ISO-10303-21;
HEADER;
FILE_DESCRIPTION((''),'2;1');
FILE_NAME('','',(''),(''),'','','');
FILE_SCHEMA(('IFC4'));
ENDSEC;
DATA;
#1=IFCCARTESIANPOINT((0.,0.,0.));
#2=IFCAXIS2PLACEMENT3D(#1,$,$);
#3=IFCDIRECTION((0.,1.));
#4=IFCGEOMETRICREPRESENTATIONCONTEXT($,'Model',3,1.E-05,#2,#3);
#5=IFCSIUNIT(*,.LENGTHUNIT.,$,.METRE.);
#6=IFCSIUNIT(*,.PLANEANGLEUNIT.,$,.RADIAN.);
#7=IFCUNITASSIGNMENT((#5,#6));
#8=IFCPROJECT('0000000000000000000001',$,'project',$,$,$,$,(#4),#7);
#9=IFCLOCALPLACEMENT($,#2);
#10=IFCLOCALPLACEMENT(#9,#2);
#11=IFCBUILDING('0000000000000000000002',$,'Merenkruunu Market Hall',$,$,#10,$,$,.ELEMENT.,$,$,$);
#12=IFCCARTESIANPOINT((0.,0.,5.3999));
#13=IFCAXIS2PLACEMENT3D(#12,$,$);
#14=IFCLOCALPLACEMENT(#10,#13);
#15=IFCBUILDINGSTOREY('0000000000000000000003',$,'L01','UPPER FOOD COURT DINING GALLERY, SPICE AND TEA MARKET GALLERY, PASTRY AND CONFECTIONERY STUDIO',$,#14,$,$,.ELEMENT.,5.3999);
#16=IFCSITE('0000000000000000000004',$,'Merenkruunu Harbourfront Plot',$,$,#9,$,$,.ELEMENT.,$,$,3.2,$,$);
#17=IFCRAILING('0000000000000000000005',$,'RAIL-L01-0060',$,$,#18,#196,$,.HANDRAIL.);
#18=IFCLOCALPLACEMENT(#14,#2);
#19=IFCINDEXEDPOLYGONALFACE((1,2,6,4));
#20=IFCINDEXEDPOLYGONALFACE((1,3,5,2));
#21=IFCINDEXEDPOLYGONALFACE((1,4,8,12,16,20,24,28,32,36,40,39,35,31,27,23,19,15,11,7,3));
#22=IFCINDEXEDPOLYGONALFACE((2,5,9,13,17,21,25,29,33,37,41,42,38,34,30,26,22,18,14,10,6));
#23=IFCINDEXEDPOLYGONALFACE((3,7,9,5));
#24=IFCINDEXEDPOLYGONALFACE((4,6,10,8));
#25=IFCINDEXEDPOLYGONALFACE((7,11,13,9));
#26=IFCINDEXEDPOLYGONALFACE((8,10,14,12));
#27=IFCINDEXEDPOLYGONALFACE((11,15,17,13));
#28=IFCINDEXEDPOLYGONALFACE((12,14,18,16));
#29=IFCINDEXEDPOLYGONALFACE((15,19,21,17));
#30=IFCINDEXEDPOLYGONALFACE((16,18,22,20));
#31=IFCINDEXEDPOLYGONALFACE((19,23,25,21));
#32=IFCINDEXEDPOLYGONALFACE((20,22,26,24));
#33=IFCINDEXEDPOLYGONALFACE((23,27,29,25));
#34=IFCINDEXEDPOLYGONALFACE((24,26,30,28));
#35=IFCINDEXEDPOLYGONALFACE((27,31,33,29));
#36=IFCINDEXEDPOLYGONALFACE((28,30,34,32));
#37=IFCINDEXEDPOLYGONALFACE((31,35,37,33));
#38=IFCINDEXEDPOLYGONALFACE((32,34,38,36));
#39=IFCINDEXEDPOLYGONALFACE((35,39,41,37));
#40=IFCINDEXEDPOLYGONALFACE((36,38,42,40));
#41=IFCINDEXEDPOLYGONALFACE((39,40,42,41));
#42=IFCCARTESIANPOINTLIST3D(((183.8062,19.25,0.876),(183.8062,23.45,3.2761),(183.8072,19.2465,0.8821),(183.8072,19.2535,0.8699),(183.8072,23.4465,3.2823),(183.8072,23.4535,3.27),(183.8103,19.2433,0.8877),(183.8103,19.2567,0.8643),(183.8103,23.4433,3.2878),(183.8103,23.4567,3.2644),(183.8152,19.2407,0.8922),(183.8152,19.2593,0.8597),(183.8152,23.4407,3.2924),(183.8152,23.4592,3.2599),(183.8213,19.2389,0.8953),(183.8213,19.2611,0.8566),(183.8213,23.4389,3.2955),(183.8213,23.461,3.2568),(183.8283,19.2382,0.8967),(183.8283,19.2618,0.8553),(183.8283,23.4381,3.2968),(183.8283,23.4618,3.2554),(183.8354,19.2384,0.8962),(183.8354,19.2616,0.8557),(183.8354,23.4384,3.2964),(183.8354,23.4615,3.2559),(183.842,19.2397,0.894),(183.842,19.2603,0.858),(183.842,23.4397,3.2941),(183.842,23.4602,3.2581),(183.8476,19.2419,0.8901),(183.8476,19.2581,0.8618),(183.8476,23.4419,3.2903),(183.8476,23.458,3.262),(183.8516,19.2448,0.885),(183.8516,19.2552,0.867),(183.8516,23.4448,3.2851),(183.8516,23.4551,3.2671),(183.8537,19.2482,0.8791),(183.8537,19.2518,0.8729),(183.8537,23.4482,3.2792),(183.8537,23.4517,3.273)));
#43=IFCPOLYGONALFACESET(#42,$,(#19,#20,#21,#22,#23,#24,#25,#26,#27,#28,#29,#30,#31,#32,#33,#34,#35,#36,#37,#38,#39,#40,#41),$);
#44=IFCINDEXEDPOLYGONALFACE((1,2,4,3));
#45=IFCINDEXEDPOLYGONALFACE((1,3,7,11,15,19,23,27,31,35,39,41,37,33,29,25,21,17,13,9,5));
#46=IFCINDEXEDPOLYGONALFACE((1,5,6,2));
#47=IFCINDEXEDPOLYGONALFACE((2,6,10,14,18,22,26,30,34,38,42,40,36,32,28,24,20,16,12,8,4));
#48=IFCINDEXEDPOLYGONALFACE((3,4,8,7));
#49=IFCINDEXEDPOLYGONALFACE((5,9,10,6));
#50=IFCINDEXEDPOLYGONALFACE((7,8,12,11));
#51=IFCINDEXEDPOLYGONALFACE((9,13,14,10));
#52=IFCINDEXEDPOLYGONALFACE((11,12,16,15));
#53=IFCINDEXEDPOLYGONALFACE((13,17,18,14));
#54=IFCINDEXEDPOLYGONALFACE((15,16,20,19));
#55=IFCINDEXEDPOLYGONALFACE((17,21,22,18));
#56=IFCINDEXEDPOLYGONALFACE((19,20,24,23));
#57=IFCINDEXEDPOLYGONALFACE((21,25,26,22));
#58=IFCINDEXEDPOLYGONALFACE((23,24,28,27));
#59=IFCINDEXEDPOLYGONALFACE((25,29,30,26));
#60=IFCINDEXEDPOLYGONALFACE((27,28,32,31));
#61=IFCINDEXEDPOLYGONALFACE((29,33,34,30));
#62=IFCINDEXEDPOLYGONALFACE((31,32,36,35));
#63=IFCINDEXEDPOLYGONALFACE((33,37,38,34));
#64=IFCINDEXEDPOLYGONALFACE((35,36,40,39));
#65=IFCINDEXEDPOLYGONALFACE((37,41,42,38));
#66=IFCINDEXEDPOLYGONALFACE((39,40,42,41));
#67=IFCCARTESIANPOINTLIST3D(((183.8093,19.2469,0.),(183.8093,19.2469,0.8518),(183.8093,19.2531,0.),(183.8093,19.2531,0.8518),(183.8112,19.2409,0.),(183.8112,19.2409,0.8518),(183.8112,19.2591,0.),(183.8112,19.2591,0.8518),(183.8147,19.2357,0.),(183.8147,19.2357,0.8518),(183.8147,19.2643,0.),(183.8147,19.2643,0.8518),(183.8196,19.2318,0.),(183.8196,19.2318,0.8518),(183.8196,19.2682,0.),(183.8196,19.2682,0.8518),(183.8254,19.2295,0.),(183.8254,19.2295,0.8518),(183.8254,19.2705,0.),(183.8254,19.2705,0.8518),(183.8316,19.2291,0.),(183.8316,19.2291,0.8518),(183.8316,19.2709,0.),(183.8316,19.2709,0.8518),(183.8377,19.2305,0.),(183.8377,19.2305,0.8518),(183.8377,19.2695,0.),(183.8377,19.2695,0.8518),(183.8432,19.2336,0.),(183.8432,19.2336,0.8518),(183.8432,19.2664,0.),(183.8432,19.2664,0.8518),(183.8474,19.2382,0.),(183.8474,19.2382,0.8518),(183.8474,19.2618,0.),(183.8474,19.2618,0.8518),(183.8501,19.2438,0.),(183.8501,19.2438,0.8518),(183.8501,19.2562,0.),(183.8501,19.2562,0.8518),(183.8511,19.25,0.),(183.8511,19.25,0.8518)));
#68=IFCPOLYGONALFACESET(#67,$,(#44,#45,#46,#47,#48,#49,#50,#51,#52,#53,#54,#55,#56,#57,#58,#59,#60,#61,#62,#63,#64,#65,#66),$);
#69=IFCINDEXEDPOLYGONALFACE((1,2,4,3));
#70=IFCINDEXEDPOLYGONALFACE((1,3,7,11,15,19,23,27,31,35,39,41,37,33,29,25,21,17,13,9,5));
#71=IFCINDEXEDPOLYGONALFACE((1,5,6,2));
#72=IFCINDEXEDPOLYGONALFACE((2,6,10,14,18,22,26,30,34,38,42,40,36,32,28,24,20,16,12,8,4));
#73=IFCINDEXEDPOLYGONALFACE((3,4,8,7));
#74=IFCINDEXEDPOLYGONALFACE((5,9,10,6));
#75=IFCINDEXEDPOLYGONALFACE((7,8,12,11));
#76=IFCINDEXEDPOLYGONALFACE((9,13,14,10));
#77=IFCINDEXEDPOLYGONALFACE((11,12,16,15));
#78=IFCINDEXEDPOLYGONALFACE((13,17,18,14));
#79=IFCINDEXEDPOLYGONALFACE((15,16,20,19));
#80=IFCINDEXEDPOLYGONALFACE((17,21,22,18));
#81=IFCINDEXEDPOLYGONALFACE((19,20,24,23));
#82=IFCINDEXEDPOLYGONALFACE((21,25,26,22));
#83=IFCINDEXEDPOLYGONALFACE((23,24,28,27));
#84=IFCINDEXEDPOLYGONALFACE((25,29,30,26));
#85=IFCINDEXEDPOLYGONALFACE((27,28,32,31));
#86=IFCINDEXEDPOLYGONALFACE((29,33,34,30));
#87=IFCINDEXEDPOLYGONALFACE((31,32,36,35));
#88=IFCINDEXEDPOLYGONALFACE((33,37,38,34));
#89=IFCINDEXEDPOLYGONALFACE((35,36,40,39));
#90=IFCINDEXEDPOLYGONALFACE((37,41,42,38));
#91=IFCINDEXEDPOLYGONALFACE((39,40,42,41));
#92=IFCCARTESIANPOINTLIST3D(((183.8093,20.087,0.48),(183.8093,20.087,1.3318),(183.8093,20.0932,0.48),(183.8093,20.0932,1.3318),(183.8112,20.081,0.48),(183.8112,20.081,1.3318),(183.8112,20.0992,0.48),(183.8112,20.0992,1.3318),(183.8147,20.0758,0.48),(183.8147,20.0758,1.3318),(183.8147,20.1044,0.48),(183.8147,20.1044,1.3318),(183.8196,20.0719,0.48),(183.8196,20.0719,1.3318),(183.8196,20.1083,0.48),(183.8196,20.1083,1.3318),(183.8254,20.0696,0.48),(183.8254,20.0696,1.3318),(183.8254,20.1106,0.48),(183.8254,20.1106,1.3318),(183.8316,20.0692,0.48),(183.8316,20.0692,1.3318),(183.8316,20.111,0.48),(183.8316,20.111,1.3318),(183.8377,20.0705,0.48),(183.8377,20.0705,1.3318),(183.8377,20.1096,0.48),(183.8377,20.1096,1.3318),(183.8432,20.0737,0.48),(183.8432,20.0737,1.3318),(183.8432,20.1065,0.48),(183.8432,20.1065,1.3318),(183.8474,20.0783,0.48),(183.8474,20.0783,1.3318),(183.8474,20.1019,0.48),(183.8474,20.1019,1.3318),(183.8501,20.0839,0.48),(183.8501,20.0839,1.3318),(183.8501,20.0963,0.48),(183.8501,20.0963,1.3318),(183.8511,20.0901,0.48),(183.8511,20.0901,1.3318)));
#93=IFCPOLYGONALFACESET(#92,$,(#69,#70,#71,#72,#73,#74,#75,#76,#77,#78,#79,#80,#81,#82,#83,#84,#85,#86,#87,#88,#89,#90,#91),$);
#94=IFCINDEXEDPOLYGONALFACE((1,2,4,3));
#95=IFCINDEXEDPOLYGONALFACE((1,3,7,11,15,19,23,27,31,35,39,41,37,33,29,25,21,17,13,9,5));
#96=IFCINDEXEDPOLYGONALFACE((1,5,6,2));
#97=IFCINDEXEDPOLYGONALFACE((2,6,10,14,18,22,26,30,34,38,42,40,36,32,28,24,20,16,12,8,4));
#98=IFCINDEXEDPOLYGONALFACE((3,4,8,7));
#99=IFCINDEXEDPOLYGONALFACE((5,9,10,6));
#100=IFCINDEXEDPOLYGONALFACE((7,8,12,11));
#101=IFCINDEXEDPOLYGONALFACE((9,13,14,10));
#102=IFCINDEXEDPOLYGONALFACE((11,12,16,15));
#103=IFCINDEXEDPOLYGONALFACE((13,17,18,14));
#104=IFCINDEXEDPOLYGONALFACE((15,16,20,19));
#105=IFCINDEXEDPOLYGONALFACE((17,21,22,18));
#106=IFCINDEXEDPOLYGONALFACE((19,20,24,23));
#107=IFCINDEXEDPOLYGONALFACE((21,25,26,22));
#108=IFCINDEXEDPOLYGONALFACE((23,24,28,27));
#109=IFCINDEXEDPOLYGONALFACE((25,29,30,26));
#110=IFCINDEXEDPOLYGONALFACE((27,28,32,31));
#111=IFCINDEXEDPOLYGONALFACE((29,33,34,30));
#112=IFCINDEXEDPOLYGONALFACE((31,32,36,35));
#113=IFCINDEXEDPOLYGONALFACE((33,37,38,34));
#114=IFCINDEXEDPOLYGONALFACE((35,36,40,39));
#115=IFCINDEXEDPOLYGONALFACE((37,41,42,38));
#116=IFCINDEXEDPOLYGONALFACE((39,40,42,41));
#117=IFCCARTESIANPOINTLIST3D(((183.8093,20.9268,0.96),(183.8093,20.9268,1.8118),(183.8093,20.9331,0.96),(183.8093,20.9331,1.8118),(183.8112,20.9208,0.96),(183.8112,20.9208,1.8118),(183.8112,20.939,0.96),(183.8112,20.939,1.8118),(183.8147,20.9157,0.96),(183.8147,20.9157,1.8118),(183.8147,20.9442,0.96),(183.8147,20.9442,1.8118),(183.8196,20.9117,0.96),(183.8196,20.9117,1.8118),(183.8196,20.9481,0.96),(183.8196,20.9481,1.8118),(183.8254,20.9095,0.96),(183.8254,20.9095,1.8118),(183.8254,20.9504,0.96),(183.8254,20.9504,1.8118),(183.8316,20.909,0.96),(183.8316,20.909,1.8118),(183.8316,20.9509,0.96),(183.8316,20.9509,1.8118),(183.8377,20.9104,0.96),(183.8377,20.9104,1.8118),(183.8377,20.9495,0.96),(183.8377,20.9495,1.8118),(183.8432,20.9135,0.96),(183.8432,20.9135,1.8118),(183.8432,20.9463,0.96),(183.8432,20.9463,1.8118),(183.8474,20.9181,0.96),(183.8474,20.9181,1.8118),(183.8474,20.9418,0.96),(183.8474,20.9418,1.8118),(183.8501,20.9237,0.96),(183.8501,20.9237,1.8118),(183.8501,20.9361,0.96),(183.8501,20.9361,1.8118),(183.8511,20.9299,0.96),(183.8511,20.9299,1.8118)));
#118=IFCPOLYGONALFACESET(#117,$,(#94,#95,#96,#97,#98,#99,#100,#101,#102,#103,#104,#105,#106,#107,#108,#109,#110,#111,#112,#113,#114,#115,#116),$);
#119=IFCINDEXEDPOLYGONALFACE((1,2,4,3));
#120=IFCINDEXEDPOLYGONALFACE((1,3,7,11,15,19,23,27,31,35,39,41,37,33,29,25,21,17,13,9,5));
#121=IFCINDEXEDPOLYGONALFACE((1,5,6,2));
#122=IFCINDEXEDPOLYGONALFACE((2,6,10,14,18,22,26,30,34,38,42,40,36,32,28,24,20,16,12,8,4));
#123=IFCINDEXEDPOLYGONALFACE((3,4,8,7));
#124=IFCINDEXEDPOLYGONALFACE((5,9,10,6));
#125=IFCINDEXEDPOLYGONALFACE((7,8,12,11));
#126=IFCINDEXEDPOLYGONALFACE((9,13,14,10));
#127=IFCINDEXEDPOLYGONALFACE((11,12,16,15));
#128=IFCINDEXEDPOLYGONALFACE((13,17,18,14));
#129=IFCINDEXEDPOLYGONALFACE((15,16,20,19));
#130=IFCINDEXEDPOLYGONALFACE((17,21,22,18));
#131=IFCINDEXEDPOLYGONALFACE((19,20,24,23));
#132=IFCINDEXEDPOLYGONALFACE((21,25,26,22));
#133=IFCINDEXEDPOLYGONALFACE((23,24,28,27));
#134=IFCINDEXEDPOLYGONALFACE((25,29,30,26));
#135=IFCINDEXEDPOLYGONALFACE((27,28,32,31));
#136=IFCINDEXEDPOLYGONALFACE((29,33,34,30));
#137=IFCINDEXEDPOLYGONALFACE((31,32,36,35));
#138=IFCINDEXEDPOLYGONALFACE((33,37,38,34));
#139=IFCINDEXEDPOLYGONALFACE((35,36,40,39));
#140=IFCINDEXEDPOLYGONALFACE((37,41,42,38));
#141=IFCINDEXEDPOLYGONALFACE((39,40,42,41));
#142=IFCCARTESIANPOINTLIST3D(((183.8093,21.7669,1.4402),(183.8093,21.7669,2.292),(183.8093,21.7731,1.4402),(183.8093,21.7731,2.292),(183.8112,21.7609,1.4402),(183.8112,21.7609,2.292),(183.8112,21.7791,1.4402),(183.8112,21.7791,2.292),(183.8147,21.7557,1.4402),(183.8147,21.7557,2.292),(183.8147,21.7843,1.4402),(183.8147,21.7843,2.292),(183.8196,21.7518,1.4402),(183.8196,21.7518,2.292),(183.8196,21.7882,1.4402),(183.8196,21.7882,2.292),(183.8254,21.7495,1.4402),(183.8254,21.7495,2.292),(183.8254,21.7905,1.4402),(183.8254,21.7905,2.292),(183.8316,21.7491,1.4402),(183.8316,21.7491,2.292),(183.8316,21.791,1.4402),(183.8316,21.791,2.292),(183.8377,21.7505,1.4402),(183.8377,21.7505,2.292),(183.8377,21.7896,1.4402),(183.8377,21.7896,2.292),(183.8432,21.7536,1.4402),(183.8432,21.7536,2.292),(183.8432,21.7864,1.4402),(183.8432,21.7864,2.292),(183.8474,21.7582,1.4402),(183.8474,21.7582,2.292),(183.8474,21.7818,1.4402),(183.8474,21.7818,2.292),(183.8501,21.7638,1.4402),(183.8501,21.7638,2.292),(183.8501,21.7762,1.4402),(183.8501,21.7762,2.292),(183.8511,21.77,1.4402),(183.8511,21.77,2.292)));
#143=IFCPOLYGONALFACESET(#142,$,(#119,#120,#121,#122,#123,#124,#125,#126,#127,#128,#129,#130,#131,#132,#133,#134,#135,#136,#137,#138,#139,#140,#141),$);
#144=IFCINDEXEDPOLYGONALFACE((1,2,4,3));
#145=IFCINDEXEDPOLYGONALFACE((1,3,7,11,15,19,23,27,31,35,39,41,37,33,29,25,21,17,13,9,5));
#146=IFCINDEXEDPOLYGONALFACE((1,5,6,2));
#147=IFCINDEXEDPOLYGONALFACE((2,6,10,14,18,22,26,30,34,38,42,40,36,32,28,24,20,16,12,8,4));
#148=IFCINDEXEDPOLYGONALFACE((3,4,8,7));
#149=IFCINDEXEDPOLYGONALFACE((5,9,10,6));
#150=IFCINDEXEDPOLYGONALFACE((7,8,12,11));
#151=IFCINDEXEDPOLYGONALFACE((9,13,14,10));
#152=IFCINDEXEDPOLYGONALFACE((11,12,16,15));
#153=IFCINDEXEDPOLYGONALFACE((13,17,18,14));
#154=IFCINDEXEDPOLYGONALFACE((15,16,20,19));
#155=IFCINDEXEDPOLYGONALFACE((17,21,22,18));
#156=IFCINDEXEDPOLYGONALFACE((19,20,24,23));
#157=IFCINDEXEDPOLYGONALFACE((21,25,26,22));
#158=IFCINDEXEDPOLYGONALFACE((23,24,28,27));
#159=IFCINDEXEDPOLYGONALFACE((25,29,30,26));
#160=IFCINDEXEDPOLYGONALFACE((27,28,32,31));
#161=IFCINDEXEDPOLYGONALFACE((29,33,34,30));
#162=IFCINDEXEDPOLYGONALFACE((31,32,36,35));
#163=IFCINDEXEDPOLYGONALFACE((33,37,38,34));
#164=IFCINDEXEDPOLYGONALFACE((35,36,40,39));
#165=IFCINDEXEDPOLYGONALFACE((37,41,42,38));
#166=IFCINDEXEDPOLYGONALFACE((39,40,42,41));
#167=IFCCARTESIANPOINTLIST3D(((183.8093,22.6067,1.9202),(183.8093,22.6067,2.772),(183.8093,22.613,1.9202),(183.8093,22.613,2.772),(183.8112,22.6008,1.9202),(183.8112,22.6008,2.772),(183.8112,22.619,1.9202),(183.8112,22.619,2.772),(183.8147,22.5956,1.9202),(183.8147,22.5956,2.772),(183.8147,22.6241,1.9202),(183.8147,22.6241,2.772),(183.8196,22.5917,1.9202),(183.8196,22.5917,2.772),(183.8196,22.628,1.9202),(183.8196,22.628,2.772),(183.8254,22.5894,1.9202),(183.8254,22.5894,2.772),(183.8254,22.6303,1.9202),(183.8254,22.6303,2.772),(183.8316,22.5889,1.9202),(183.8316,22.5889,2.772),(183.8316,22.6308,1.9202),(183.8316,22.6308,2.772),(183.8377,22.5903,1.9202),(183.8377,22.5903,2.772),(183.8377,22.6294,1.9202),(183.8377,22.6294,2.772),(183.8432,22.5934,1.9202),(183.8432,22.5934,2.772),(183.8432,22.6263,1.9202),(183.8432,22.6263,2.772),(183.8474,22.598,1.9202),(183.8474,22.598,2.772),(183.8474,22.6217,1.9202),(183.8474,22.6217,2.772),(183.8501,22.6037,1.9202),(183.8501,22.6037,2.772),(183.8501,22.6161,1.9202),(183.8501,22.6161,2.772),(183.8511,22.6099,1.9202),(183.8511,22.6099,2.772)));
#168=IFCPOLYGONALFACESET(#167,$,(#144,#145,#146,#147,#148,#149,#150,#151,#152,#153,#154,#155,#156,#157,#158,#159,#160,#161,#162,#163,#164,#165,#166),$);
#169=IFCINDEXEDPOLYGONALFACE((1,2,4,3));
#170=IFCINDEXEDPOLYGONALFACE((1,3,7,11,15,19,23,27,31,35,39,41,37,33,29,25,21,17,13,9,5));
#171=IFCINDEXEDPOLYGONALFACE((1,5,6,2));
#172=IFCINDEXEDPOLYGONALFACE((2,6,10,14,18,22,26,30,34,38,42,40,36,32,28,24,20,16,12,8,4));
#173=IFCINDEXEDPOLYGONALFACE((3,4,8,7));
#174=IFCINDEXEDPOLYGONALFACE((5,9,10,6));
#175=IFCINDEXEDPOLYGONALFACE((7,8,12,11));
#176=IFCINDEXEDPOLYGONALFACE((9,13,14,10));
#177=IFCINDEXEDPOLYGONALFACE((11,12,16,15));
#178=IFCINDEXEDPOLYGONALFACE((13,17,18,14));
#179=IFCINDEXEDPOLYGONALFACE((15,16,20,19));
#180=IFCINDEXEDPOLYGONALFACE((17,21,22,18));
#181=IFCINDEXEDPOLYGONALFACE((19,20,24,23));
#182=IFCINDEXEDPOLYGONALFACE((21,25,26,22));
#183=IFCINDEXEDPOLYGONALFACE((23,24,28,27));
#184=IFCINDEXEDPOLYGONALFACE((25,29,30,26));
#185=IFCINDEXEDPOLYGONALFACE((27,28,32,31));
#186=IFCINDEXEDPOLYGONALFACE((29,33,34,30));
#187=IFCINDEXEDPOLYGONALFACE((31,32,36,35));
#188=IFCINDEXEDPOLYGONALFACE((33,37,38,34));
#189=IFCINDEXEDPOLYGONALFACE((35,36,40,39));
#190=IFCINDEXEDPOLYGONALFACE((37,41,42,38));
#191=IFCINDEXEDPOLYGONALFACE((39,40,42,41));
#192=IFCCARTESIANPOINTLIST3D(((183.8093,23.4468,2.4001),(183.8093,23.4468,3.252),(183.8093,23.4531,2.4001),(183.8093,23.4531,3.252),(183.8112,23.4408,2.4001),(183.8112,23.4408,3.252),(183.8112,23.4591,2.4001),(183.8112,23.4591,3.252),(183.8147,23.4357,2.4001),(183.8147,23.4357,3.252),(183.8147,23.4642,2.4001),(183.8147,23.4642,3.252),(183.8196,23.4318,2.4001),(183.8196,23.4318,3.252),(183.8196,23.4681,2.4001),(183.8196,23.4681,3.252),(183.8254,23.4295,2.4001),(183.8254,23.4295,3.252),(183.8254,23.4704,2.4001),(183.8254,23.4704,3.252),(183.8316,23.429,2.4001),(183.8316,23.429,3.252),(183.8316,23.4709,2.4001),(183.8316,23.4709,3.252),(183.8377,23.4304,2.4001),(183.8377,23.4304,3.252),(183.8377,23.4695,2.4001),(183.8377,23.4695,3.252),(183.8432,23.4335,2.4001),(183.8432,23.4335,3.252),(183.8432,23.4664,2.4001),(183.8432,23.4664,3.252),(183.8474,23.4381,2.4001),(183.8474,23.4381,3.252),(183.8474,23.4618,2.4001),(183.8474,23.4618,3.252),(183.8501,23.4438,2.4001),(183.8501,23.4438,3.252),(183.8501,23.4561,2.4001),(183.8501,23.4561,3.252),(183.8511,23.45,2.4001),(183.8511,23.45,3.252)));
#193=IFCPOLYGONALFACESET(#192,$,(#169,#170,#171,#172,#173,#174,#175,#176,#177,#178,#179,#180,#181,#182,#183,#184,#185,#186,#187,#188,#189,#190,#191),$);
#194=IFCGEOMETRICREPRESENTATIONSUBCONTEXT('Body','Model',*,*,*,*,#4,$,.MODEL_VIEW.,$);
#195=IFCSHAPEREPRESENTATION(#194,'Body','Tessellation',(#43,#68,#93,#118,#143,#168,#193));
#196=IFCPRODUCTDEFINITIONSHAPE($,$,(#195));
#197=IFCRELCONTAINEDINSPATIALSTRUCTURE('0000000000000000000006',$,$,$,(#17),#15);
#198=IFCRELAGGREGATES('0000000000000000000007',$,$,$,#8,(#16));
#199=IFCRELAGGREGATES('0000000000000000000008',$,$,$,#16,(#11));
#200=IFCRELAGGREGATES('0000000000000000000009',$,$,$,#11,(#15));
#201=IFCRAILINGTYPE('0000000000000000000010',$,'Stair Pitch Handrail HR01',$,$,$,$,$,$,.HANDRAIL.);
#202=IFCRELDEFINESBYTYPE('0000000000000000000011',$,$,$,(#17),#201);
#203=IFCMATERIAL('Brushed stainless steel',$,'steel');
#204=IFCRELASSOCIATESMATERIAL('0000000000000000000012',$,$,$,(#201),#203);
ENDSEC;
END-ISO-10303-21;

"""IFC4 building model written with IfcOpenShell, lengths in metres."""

from ifc_helpers import new_model, si_unit, direction, frame, origin, origin_2d, place, context, subcontext, project, spatial, circle, extrude, material, type_object, element, save


model = new_model("IFC4")

# Units and contexts
model_context = context("Model", 3, precision=1e-05, world=origin(), true_north=direction((0.0, 1.0)))
body_context = subcontext(model_context, "Body", "Model", "MODEL_VIEW")
ifc_project = project(units=[si_unit("LENGTHUNIT", "METRE"), si_unit("PLANEANGLEUNIT", "RADIAN")], contexts=[model_context])

# Site, building, storey
site_placement = place(None, origin())
site = spatial("IfcSite", under=ifc_project, at=site_placement, Name="Merenkruunu Harbourfront Plot", CompositionType="ELEMENT", RefElevation=3.2)
building_placement = place(site_placement, origin())
building = spatial("IfcBuilding", under=site, at=building_placement, Name="Merenkruunu Market Hall", CompositionType="ELEMENT")
storey_placement = place(building_placement, frame((0.0, 0.0, 5.3999)))
storey = spatial("IfcBuildingStorey", under=building, at=storey_placement, Name="L01", Description="UPPER FOOD COURT DINING GALLERY, SPICE AND TEA MARKET GALLERY, PASTRY AND CONFECTIONERY STUDIO", CompositionType="ELEMENT", Elevation=5.3999)

# Shared definitions
ifc_material_1 = material(Name="Brushed stainless steel", Category="steel")

# Railing
railing_type_1 = type_object("IfcRailingType", Name="Stair Pitch Handrail HR01", PredefinedType="HANDRAIL", material=ifc_material_1)
railing_1_placement = place(storey_placement, frame((183.8301, 19.25, 0.0)))
element("IfcRailing", 1, at=railing_1_placement, inside=storey, type_object=railing_type_1, Name="RAIL-L01-0060", PredefinedType="HANDRAIL", context=body_context, shape_type="SweptSolid", body=[
    extrude(circle(Radius=0.0239, at=origin_2d()), frame((0.0, 0.0, 0.876), z_axis=(0.0, 0.868228, 0.496166), x_axis=(-1.0, 0.0, 0.0)), (0.0, 0.0, 1.0), 4.8374),
    extrude(circle(Radius=0.021, at=origin_2d()), origin(), (0.0, 0.0, 1.0), 0.8518),
    extrude(circle(Radius=0.021, at=origin_2d()), frame((0.0, 0.8401, 0.48)), (0.0, 0.0, 1.0), 0.8518),
    extrude(circle(Radius=0.021, at=origin_2d()), frame((0.0, 1.6799, 0.96)), (0.0, 0.0, 1.0), 0.8518),
    extrude(circle(Radius=0.021, at=origin_2d()), frame((0.0, 2.52, 1.4402)), (0.0, 0.0, 1.0), 0.8518),
    extrude(circle(Radius=0.021, at=origin_2d()), frame((0.0, 3.3599, 1.9202)), (0.0, 0.0, 1.0), 0.8518),
    extrude(circle(Radius=0.021, at=origin_2d()), frame((0.0, 4.2, 2.4001)), (0.0, 0.0, 1.0), 0.8518),
])

save(model, "model.ifc")
